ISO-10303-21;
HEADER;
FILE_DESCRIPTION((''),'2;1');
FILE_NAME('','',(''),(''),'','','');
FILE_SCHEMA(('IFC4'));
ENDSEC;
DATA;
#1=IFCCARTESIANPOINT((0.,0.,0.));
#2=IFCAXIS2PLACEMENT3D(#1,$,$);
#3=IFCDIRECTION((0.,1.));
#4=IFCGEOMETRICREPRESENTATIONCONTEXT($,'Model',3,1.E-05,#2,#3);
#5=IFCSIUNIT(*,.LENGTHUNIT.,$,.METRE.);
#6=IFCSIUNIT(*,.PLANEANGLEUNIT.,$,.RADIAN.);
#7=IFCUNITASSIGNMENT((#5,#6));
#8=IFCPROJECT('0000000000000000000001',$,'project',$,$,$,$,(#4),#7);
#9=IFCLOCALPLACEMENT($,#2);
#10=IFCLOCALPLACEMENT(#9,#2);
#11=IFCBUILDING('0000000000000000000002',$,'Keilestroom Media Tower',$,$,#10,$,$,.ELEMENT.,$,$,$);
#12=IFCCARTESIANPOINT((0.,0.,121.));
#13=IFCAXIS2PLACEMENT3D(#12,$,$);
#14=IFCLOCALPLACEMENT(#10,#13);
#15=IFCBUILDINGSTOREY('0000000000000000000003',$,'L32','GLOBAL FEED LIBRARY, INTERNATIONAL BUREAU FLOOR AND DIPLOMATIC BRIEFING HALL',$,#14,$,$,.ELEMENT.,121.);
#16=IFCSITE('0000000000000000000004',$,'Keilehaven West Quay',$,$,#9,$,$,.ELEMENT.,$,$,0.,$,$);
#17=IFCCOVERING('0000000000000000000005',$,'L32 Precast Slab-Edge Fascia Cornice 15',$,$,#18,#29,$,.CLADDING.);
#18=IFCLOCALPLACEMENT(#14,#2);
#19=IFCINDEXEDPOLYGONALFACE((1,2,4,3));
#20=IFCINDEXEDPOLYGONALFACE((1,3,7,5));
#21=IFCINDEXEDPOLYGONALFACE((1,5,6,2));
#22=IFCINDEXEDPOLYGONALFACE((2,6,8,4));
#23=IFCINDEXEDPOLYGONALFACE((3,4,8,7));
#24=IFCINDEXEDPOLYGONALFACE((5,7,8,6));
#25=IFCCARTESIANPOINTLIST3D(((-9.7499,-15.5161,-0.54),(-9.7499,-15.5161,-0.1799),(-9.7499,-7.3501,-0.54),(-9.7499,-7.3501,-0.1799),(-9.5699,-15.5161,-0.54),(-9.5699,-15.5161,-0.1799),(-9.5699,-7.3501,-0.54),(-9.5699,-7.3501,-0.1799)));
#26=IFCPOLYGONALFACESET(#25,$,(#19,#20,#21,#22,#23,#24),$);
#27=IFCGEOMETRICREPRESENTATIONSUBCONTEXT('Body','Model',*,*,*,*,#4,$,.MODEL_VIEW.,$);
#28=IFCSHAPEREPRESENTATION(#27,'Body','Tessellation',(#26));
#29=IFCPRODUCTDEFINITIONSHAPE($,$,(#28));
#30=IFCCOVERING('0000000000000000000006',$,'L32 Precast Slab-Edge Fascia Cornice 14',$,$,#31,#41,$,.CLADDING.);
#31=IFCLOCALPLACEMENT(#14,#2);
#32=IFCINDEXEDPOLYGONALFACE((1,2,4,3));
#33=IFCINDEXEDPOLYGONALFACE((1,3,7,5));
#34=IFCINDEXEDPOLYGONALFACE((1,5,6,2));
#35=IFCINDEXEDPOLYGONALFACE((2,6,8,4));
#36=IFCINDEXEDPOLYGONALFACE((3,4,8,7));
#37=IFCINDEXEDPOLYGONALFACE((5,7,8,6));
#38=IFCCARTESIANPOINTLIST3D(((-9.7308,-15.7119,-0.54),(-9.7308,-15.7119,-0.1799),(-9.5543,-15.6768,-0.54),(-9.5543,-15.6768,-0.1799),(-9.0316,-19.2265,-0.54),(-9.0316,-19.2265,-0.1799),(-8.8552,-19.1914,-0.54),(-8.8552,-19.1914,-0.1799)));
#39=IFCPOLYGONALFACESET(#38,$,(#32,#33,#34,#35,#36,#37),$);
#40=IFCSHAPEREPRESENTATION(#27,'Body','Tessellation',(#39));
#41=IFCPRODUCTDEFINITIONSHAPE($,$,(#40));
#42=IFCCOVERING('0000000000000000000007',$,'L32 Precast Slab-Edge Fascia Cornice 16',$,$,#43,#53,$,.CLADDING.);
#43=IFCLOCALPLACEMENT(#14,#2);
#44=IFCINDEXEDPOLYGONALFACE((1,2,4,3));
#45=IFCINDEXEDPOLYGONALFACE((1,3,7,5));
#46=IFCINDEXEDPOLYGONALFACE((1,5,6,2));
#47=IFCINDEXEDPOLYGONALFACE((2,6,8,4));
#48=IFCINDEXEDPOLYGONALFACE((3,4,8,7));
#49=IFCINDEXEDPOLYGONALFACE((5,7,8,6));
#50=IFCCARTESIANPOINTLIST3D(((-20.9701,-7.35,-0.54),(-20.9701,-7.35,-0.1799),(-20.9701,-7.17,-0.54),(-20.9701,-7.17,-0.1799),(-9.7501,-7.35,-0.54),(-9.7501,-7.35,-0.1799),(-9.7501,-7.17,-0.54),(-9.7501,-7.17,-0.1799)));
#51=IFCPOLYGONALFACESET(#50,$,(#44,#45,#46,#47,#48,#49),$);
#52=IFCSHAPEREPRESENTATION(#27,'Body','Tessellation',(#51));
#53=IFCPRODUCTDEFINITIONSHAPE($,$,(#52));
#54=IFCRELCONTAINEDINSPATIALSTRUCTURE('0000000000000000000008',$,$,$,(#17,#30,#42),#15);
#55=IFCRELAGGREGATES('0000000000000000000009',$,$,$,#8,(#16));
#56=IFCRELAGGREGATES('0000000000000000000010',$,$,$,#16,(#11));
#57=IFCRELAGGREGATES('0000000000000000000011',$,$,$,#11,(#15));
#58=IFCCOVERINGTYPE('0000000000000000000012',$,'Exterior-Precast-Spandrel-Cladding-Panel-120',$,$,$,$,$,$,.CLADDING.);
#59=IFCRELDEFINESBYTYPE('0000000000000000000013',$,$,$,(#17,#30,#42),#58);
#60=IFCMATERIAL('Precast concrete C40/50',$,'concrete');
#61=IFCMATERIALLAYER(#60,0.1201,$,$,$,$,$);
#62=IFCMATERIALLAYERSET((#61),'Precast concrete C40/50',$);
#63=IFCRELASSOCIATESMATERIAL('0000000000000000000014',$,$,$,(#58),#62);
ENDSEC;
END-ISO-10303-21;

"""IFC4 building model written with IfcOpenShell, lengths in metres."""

from ifc_helpers import new_model, si_unit, direction, frame, origin, origin_2d, place, context, subcontext, project, spatial, rectangle, extrude, source, transform, mapped, material, layer, layer_set, type_object, element, save


model = new_model("IFC4")

# Units and contexts
model_context = context("Model", 3, precision=1e-05, world=origin(), true_north=direction((0.0, 1.0)))
body_context = subcontext(model_context, "Body", "Model", "MODEL_VIEW")
ifc_project = project(units=[si_unit("LENGTHUNIT", "METRE"), si_unit("PLANEANGLEUNIT", "RADIAN")], contexts=[model_context])

# Site, building, storey
site_placement = place(None, origin())
site = spatial("IfcSite", under=ifc_project, at=site_placement, Name="Keilehaven West Quay", CompositionType="ELEMENT", RefElevation=0.0)
building_placement = place(site_placement, origin())
building = spatial("IfcBuilding", under=site, at=building_placement, Name="Keilestroom Media Tower", CompositionType="ELEMENT")
storey_placement = place(building_placement, frame((0.0, 0.0, 121.0)))
storey = spatial("IfcBuildingStorey", under=building, at=storey_placement, Name="L32", Description="GLOBAL FEED LIBRARY, INTERNATIONAL BUREAU FLOOR AND DIPLOMATIC BRIEFING HALL", CompositionType="ELEMENT", Elevation=121.0)

# Shared definitions
ifc_material_1 = material(Name="Precast concrete C40/50", Category="concrete")

# Coverings
ifc_layer_1 = layer(ifc_material_1, 0.1201)
ifc_layer_set_1 = layer_set([ifc_layer_1], Name="Precast concrete C40/50")
covering_type = type_object("IfcCoveringType", Name="Exterior-Precast-Spandrel-Cladding-Panel-120", PredefinedType="CLADDING", material=ifc_layer_set_1)
shared_shape_1 = source(origin(), body_context, "Body", "SweptSolid", [
    extrude(rectangle(XDim=8.166, YDim=0.1799, at=origin_2d()), origin(), (0.0, 0.0, 1.0), 0.3601),
])
covering_1_placement = place(storey_placement, frame((-9.6599, -11.4331, -0.54), z_axis=(0.0, 0.0, 1.0), x_axis=(0.0, 1.0, 0.0)))
element("IfcCovering", 1, at=covering_1_placement, inside=storey, type_object=covering_type, Name="L32 Precast Slab-Edge Fascia Cornice 15", PredefinedType="CLADDING", context=body_context, shape_type="MappedRepresentation", body=[
    mapped(shared_shape_1, transform((0.0, 0.0, 0.0), x_axis=(1.0, 0.0, 0.0), y_axis=(0.0, 1.0, 0.0), z_axis=(0.0, 0.0, 1.0), scale=1.0)),
])
shared_shape_2 = source(origin(), body_context, "Body", "SweptSolid", [
    extrude(rectangle(XDim=3.5835, YDim=0.1799, at=origin_2d()), origin(), (0.0, 0.0, 1.0), 0.3601),
])
covering_2_placement = place(storey_placement, frame((-9.293, -17.4517, -0.54), z_axis=(0.0, 0.0, 1.0), x_axis=(-0.195099, 0.980784, 0.0)))
element("IfcCovering", 2, at=covering_2_placement, inside=storey, type_object=covering_type, Name="L32 Precast Slab-Edge Fascia Cornice 14", PredefinedType="CLADDING", context=body_context, shape_type="MappedRepresentation", body=[
    mapped(shared_shape_2, transform((0.0, 0.0, 0.0), x_axis=(1.0, 0.0, 0.0), y_axis=(0.0, 1.0, 0.0), z_axis=(0.0, 0.0, 1.0), scale=1.0)),
])
shared_shape_3 = source(origin(), body_context, "Body", "SweptSolid", [
    extrude(rectangle(XDim=11.22, YDim=0.1799, at=origin_2d()), origin(), (0.0, 0.0, 1.0), 0.3601),
])
covering_3_placement = place(storey_placement, frame((-15.3601, -7.26, -0.54), z_axis=(0.0, 0.0, 1.0), x_axis=(-1.0, 0.0, 0.0)))
element("IfcCovering", 3, at=covering_3_placement, inside=storey, type_object=covering_type, Name="L32 Precast Slab-Edge Fascia Cornice 16", PredefinedType="CLADDING", context=body_context, shape_type="MappedRepresentation", body=[
    mapped(shared_shape_3, transform((0.0, 0.0, 0.0), x_axis=(1.0, 0.0, 0.0), y_axis=(0.0, 1.0, 0.0), z_axis=(0.0, 0.0, 1.0), scale=1.0)),
])

save(model, "model.ifc")
